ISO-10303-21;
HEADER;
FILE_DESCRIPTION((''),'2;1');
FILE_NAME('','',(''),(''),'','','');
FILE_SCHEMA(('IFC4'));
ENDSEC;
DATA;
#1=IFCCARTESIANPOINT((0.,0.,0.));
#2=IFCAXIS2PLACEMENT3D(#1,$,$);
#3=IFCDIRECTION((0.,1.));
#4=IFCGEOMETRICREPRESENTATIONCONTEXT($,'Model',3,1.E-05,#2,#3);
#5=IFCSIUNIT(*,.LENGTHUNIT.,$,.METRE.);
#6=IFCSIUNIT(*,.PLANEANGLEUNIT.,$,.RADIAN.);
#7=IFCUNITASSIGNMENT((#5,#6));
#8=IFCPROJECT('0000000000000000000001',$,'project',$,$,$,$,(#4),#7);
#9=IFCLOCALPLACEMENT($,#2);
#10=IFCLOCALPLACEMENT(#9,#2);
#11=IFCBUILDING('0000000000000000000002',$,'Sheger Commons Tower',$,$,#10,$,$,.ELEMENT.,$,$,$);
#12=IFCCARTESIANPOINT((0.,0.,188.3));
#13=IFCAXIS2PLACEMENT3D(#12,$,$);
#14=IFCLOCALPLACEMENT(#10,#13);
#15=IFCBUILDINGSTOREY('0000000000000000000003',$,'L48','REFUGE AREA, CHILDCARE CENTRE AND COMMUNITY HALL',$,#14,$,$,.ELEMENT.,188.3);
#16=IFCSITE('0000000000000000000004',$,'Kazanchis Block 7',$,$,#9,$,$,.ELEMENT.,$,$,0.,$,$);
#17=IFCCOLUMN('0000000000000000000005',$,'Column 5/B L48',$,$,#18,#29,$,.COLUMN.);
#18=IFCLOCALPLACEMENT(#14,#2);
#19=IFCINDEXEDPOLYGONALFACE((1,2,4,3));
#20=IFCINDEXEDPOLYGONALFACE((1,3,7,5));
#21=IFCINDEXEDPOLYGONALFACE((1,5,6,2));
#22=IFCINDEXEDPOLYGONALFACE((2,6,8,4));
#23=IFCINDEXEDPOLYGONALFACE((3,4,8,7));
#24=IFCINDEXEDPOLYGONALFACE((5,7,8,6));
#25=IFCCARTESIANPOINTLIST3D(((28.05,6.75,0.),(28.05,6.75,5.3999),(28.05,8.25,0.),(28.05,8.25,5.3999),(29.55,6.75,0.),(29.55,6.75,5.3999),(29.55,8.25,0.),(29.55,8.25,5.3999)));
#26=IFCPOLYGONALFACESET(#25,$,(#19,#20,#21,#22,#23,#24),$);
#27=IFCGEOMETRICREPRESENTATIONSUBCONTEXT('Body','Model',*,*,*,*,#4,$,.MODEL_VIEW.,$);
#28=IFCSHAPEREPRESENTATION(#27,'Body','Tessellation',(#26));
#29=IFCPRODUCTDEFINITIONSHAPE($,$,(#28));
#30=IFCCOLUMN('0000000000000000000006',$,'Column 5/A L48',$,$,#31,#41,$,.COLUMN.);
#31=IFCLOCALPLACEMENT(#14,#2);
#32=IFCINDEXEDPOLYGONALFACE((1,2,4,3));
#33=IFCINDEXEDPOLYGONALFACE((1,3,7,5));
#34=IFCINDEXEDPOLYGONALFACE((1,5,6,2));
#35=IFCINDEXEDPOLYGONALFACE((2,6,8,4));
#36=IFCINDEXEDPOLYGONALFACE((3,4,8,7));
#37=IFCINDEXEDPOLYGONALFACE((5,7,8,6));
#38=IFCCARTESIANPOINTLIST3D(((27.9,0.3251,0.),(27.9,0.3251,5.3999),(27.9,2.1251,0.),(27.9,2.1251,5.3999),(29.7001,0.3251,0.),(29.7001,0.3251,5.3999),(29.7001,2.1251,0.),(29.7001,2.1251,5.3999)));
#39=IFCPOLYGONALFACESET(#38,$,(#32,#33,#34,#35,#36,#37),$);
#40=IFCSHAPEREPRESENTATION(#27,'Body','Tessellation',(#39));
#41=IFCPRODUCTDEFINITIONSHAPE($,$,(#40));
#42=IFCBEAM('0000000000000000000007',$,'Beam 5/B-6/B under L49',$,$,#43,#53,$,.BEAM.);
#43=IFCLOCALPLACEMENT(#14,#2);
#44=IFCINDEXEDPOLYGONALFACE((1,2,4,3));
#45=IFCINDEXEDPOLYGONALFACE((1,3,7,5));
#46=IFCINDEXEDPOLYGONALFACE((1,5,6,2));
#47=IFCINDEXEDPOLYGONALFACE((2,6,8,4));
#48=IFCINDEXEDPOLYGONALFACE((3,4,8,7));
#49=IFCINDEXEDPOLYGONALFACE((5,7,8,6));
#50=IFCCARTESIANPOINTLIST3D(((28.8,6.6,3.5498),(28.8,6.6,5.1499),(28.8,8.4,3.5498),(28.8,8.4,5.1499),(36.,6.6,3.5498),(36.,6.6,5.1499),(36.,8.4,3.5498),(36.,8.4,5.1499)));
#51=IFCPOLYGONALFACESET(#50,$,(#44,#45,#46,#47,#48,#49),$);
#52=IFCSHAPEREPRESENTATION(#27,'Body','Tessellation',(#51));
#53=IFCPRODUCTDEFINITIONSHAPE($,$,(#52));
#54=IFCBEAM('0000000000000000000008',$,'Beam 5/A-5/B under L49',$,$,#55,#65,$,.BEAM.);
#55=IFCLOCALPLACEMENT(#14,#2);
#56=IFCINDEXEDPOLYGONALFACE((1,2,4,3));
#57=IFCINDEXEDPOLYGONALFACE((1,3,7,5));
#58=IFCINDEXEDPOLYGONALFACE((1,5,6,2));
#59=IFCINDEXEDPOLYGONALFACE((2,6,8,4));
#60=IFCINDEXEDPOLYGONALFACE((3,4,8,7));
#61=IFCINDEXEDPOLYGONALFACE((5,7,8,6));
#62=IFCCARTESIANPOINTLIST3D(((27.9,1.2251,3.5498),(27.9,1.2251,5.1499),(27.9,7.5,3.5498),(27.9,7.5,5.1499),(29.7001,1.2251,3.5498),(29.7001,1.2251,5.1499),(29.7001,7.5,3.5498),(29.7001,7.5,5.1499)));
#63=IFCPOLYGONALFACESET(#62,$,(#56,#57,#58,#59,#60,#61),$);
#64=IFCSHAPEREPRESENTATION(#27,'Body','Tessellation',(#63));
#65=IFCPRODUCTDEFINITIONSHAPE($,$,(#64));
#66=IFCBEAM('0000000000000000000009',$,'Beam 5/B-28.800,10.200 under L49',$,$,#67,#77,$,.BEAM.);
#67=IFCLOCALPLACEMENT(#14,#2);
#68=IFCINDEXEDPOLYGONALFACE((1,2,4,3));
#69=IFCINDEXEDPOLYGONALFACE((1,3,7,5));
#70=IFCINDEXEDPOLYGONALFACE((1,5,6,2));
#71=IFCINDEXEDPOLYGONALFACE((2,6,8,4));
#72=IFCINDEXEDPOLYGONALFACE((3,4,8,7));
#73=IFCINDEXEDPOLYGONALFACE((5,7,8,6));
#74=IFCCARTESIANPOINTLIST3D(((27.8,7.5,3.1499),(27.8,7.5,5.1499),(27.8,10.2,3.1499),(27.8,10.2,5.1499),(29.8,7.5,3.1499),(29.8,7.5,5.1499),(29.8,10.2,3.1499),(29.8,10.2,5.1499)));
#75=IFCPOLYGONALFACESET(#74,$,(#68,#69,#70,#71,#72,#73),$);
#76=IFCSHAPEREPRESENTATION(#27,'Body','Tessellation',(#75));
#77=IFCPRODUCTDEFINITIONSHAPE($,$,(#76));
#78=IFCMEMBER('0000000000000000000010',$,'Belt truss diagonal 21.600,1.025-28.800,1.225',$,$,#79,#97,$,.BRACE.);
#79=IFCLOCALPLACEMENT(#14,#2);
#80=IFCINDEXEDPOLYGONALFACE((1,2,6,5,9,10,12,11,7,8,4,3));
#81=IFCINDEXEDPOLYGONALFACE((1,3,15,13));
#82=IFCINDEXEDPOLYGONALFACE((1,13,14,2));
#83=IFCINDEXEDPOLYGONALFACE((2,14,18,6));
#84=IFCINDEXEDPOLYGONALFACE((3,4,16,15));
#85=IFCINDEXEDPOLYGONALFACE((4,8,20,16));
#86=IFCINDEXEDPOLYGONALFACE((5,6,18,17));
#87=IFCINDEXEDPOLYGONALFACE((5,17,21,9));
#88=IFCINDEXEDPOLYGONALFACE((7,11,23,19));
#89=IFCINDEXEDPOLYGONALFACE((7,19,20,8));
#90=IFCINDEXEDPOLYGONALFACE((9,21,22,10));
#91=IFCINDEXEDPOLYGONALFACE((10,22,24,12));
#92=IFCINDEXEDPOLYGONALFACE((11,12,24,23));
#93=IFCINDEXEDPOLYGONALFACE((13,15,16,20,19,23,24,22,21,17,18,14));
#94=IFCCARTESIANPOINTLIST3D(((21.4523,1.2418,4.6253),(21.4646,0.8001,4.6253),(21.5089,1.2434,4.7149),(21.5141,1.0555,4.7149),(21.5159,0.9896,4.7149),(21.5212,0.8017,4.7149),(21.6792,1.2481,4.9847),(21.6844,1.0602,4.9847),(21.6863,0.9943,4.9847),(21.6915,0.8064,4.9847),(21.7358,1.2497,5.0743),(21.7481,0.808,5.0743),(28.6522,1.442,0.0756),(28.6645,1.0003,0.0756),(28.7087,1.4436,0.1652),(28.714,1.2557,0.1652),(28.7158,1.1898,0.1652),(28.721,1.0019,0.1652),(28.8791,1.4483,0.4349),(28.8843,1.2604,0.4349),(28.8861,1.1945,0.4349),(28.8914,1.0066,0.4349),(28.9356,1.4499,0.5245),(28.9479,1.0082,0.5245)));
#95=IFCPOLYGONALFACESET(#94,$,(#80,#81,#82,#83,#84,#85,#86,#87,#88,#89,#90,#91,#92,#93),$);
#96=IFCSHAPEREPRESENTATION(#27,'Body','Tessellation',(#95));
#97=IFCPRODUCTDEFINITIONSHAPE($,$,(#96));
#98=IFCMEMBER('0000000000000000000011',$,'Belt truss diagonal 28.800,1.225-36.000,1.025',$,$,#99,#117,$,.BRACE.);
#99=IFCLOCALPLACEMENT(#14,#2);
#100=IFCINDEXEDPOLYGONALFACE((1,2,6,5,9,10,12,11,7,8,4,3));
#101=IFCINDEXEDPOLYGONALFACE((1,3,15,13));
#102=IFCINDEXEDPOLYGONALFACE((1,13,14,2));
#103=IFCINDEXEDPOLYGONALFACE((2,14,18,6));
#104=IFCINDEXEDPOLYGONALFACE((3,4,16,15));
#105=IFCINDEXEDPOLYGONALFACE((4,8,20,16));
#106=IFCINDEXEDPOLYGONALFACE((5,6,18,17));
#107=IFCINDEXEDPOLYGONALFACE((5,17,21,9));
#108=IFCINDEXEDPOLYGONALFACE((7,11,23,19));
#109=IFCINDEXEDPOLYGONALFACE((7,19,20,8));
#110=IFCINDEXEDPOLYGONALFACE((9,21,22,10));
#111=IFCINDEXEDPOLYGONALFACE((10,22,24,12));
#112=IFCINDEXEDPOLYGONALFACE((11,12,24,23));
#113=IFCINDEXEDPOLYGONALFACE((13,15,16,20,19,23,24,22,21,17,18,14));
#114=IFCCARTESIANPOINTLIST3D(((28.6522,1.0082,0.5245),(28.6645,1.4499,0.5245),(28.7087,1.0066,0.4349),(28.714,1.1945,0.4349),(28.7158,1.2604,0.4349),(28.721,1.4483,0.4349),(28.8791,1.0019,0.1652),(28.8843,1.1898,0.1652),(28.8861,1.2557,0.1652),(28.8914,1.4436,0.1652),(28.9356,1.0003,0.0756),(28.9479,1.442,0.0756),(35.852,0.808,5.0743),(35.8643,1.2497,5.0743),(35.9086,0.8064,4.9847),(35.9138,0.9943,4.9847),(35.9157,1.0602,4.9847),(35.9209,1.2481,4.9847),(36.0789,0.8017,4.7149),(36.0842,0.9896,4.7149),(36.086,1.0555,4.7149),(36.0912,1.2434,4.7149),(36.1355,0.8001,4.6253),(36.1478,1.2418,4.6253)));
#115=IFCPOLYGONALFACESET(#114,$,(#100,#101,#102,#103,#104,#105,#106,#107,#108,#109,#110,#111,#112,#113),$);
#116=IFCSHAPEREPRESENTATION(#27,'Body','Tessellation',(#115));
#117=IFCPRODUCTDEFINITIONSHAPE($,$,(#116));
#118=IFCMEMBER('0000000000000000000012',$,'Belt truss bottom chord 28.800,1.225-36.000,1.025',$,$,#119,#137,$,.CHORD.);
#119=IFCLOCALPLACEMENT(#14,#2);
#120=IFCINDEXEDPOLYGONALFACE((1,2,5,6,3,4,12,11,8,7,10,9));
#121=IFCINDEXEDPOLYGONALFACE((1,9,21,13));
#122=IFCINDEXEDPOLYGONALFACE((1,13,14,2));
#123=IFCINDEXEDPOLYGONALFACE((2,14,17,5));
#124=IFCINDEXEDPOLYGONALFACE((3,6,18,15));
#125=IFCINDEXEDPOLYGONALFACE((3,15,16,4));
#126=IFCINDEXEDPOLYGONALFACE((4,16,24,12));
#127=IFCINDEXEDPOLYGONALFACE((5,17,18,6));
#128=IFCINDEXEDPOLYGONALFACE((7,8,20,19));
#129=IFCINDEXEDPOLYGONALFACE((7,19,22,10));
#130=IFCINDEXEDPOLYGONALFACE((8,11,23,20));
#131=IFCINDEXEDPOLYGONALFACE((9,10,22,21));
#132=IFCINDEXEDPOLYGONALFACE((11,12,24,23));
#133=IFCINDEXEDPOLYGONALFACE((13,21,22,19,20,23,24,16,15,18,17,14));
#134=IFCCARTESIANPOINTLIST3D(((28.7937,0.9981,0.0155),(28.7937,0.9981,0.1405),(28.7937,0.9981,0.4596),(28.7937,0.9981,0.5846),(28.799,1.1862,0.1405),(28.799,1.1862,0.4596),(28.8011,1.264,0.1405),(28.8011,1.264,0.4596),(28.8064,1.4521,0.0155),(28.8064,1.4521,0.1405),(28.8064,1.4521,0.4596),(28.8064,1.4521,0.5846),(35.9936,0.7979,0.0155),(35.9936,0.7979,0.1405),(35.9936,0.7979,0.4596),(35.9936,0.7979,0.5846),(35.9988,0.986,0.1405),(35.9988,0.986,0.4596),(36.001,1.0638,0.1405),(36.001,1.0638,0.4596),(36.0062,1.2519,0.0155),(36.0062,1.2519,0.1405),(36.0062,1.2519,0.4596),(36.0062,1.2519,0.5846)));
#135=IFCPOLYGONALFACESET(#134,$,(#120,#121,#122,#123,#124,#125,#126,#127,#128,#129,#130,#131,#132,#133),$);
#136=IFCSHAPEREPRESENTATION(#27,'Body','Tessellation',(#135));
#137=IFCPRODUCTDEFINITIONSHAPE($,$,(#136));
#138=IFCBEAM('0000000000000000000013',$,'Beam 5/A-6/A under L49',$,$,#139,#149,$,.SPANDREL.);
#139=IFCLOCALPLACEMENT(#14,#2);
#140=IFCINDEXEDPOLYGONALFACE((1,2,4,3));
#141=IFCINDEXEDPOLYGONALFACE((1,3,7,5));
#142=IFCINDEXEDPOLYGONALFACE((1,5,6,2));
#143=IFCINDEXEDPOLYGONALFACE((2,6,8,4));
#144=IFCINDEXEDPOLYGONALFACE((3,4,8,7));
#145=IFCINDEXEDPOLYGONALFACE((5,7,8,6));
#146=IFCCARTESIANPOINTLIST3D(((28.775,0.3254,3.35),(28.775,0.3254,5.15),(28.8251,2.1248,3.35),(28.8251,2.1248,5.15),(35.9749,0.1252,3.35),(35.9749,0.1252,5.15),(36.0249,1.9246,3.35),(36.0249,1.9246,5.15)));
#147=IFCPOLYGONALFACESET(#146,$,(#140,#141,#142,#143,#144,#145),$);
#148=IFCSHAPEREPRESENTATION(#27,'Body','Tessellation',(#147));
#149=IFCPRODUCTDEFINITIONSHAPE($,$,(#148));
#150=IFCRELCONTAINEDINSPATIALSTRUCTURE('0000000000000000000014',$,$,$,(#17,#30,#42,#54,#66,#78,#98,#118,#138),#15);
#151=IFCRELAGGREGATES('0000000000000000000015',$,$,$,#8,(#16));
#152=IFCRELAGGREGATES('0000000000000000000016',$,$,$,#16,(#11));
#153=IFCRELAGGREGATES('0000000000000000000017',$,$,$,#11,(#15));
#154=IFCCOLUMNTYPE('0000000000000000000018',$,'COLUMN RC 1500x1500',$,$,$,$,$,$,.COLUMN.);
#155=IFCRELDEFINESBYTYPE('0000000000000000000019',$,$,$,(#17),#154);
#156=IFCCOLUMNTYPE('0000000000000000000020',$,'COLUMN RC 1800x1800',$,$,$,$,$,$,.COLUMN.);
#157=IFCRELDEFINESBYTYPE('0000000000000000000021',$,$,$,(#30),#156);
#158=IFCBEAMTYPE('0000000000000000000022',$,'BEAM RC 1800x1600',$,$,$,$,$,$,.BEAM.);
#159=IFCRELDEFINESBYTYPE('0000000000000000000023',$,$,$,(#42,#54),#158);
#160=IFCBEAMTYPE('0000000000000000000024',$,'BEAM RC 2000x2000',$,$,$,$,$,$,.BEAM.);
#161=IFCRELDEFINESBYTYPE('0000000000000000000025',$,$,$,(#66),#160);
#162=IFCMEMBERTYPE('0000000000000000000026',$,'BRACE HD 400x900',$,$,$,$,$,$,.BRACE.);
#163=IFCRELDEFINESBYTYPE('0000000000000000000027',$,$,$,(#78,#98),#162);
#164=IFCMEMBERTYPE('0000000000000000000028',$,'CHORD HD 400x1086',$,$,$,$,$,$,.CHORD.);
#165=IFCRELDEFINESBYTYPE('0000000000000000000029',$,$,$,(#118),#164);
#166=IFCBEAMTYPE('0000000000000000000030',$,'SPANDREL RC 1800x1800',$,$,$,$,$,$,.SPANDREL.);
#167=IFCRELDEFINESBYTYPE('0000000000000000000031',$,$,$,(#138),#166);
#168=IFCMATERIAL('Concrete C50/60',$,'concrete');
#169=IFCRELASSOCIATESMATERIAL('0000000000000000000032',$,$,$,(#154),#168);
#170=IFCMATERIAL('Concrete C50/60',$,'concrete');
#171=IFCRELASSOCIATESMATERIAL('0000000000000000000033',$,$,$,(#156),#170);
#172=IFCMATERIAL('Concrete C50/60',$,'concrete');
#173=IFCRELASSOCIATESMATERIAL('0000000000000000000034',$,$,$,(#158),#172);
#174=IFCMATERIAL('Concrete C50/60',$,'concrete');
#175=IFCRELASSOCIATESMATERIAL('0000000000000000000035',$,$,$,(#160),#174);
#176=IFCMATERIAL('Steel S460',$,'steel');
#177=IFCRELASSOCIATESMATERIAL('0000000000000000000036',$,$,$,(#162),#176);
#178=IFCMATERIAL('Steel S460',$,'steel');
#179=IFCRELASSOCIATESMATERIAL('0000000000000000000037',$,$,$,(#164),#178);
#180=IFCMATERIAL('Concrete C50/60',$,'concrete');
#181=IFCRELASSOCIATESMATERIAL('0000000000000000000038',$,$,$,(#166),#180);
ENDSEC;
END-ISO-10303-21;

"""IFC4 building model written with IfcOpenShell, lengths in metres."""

from ifc_helpers import new_model, si_unit, direction, frame, origin, origin_2d, place, context, subcontext, project, spatial, rectangle, i_section, extrude, material, material_profile, profile_set, type_object, element, save


model = new_model("IFC4")

# Units and contexts
model_context = context("Model", 3, precision=1e-05, world=origin(), true_north=direction((0.0, 1.0)))
body_context = subcontext(model_context, "Body", "Model", "MODEL_VIEW")
ifc_project = project(units=[si_unit("LENGTHUNIT", "METRE"), si_unit("PLANEANGLEUNIT", "RADIAN")], contexts=[model_context])

# Site, building, storey
site_placement = place(None, origin())
site = spatial("IfcSite", under=ifc_project, at=site_placement, Name="Kazanchis Block 7", CompositionType="ELEMENT", RefElevation=0.0)
building_placement = place(site_placement, origin())
building = spatial("IfcBuilding", under=site, at=building_placement, Name="Sheger Commons Tower", CompositionType="ELEMENT")
storey_placement = place(building_placement, frame((0.0, 0.0, 188.3)))
storey = spatial("IfcBuildingStorey", under=building, at=storey_placement, Name="L48", Description="REFUGE AREA, CHILDCARE CENTRE AND COMMUNITY HALL", CompositionType="ELEMENT", Elevation=188.3)

# Columns
ifc_material_1 = material(Name="Concrete C50/60", Category="concrete")
ifc_material_profile_1 = material_profile(ifc_material_1, rectangle(XDim=1.5, YDim=1.5, at=origin_2d()), Name="RC 1500x1500")
ifc_profile_set_1 = profile_set([ifc_material_profile_1], Name="Concrete C50/60")
column_type_1 = type_object("IfcColumnType", Name="COLUMN RC 1500x1500", PredefinedType="COLUMN", material=ifc_profile_set_1)
column_1_placement = place(storey_placement, frame((28.8, 7.5, 0.0), z_axis=(0.0, 0.0, 1.0), x_axis=(1.0, 0.0, 0.0)))
element("IfcColumn", 1, at=column_1_placement, inside=storey, type_object=column_type_1, Name="Column 5/B L48", PredefinedType="COLUMN", context=body_context, shape_type="SweptSolid", body=[
    extrude(rectangle(XDim=1.5, YDim=1.5, at=origin_2d()), origin(), (0.0, 0.0, 1.0), 5.3999),
])
ifc_material_2 = material(Name="Concrete C50/60", Category="concrete")
ifc_material_profile_2 = material_profile(ifc_material_2, rectangle(XDim=1.8, YDim=1.8, at=origin_2d()), Name="RC 1800x1800")
ifc_profile_set_2 = profile_set([ifc_material_profile_2], Name="Concrete C50/60")
column_type_2 = type_object("IfcColumnType", Name="COLUMN RC 1800x1800", PredefinedType="COLUMN", material=ifc_profile_set_2)
column_2_placement = place(storey_placement, frame((28.8, 1.2251, 0.0), z_axis=(0.0, 0.0, 1.0), x_axis=(1.0, 0.0, 0.0)))
element("IfcColumn", 2, at=column_2_placement, inside=storey, type_object=column_type_2, Name="Column 5/A L48", PredefinedType="COLUMN", context=body_context, shape_type="SweptSolid", body=[
    extrude(rectangle(XDim=1.8, YDim=1.8, at=origin_2d()), origin(), (0.0, 0.0, 1.0), 5.3999),
])

# Beams
ifc_material_3 = material(Name="Concrete C50/60", Category="concrete")
ifc_material_profile_3 = material_profile(ifc_material_3, rectangle(XDim=1.8, YDim=1.6001, at=origin_2d()), Name="RC 1800x1600")
ifc_profile_set_3 = profile_set([ifc_material_profile_3], Name="Concrete C50/60")
beam_type_1 = type_object("IfcBeamType", Name="BEAM RC 1800x1600", PredefinedType="BEAM", material=ifc_profile_set_3)
beam_1_placement = place(storey_placement, frame((28.8, 7.5, 4.3499), z_axis=(1.0, 0.0, 0.0), x_axis=(0.0, 1.0, 0.0)))
element("IfcBeam", 3, at=beam_1_placement, inside=storey, type_object=beam_type_1, Name="Beam 5/B-6/B under L49", PredefinedType="BEAM", context=body_context, shape_type="SweptSolid", body=[
    extrude(rectangle(XDim=1.8, YDim=1.6001, at=origin_2d()), origin(), (0.0, 0.0, 1.0), 7.2),
])
beam_2_placement = place(storey_placement, frame((28.8, 1.2251, 4.3499), z_axis=(0.0, 1.0, 0.0), x_axis=(-1.0, 0.0, 0.0)))
element("IfcBeam", 4, at=beam_2_placement, inside=storey, type_object=beam_type_1, Name="Beam 5/A-5/B under L49", PredefinedType="BEAM", context=body_context, shape_type="SweptSolid", body=[
    extrude(rectangle(XDim=1.8, YDim=1.6001, at=origin_2d()), origin(), (0.0, 0.0, 1.0), 6.2749),
])
ifc_material_4 = material(Name="Concrete C50/60", Category="concrete")
ifc_material_profile_4 = material_profile(ifc_material_4, rectangle(XDim=2.0, YDim=2.0, at=origin_2d()), Name="RC 2000x2000")
ifc_profile_set_4 = profile_set([ifc_material_profile_4], Name="Concrete C50/60")
beam_type_2 = type_object("IfcBeamType", Name="BEAM RC 2000x2000", PredefinedType="BEAM", material=ifc_profile_set_4)
beam_3_placement = place(storey_placement, frame((28.8, 7.5, 4.1499), z_axis=(0.0, 1.0, 0.0), x_axis=(-1.0, 0.0, 0.0)))
element("IfcBeam", 5, at=beam_3_placement, inside=storey, type_object=beam_type_2, Name="Beam 5/B-28.800,10.200 under L49", PredefinedType="BEAM", context=body_context, shape_type="SweptSolid", body=[
    extrude(rectangle(XDim=2.0, YDim=2.0, at=origin_2d()), origin(), (0.0, 0.0, 1.0), 2.7),
])

# Members
ifc_material_5 = material(Name="Steel S460", Category="steel")
ifc_material_profile_5 = material_profile(ifc_material_5, i_section(OverallWidth=0.4419, OverallDepth=0.531, WebThickness=0.0659, FlangeThickness=0.106, at=origin_2d()), Name="HD 400x900")
ifc_profile_set_5 = profile_set([ifc_material_profile_5], Name="Steel S460")
member_type_1 = type_object("IfcMemberType", Name="BRACE HD 400x900", PredefinedType="BRACE", material=ifc_profile_set_5)
for number, where, z_axis, x_axis, name in (
    (6, (28.8, 1.2251, 0.3), (-0.845125, -0.023499, 0.534053), (0.027794, -0.999614, 0.0), "Belt truss diagonal 21.600,1.025-28.800,1.225"),
    (7, (28.8, 1.2251, 0.3), (0.845125, -0.023499, 0.534053), (0.027794, 0.999614, 0.0), "Belt truss diagonal 28.800,1.225-36.000,1.025"),
):
    element("IfcMember", number, at=place(storey_placement, frame(where, z_axis=z_axis, x_axis=x_axis)), inside=storey, type_object=member_type_1, Name=name, PredefinedType="BRACE", context=body_context, shape_type="SweptSolid", body=[
        extrude(i_section(OverallWidth=0.4419, OverallDepth=0.531, WebThickness=0.0659, FlangeThickness=0.106, at=origin_2d()), origin(), (0.0, 0.0, 1.0), 8.5193),
    ])
ifc_material_6 = material(Name="Steel S460", Category="steel")
ifc_material_profile_6 = material_profile(ifc_material_6, i_section(OverallWidth=0.4541, OverallDepth=0.5691, WebThickness=0.0779, FlangeThickness=0.125, at=origin_2d()), Name="HD 400x1086")
ifc_profile_set_6 = profile_set([ifc_material_profile_6], Name="Steel S460")
member_type_2 = type_object("IfcMemberType", Name="CHORD HD 400x1086", PredefinedType="CHORD", material=ifc_profile_set_6)
member_placement = place(storey_placement, frame((28.8, 1.2251, 0.3), z_axis=(0.999614, -0.027794, 0.0), x_axis=(0.027794, 0.999614, 0.0)))
element("IfcMember", 8, at=member_placement, inside=storey, type_object=member_type_2, Name="Belt truss bottom chord 28.800,1.225-36.000,1.025", PredefinedType="CHORD", context=body_context, shape_type="SweptSolid", body=[
    extrude(i_section(OverallWidth=0.4541, OverallDepth=0.5691, WebThickness=0.0779, FlangeThickness=0.125, at=origin_2d()), origin(), (0.0, 0.0, 1.0), 7.2026),
])

# Beam
ifc_material_7 = material(Name="Concrete C50/60", Category="concrete")
ifc_material_profile_7 = material_profile(ifc_material_7, rectangle(XDim=1.8, YDim=1.8, at=origin_2d()), Name="RC 1800x1800")
ifc_profile_set_7 = profile_set([ifc_material_profile_7], Name="Concrete C50/60")
beam_type_3 = type_object("IfcBeamType", Name="SPANDREL RC 1800x1800", PredefinedType="SPANDREL", material=ifc_profile_set_7)
beam_4_placement = place(storey_placement, frame((28.8, 1.2251, 4.25), z_axis=(0.999614, -0.027794, 0.0), x_axis=(0.027794, 0.999614, 0.0)))
element("IfcBeam", 9, at=beam_4_placement, inside=storey, type_object=beam_type_3, Name="Beam 5/A-6/A under L49", PredefinedType="SPANDREL", context=body_context, shape_type="SweptSolid", body=[
    extrude(rectangle(XDim=1.8, YDim=1.8, at=origin_2d()), origin(), (0.0, 0.0, 1.0), 7.2026),
])

save(model, "model.ifc")
